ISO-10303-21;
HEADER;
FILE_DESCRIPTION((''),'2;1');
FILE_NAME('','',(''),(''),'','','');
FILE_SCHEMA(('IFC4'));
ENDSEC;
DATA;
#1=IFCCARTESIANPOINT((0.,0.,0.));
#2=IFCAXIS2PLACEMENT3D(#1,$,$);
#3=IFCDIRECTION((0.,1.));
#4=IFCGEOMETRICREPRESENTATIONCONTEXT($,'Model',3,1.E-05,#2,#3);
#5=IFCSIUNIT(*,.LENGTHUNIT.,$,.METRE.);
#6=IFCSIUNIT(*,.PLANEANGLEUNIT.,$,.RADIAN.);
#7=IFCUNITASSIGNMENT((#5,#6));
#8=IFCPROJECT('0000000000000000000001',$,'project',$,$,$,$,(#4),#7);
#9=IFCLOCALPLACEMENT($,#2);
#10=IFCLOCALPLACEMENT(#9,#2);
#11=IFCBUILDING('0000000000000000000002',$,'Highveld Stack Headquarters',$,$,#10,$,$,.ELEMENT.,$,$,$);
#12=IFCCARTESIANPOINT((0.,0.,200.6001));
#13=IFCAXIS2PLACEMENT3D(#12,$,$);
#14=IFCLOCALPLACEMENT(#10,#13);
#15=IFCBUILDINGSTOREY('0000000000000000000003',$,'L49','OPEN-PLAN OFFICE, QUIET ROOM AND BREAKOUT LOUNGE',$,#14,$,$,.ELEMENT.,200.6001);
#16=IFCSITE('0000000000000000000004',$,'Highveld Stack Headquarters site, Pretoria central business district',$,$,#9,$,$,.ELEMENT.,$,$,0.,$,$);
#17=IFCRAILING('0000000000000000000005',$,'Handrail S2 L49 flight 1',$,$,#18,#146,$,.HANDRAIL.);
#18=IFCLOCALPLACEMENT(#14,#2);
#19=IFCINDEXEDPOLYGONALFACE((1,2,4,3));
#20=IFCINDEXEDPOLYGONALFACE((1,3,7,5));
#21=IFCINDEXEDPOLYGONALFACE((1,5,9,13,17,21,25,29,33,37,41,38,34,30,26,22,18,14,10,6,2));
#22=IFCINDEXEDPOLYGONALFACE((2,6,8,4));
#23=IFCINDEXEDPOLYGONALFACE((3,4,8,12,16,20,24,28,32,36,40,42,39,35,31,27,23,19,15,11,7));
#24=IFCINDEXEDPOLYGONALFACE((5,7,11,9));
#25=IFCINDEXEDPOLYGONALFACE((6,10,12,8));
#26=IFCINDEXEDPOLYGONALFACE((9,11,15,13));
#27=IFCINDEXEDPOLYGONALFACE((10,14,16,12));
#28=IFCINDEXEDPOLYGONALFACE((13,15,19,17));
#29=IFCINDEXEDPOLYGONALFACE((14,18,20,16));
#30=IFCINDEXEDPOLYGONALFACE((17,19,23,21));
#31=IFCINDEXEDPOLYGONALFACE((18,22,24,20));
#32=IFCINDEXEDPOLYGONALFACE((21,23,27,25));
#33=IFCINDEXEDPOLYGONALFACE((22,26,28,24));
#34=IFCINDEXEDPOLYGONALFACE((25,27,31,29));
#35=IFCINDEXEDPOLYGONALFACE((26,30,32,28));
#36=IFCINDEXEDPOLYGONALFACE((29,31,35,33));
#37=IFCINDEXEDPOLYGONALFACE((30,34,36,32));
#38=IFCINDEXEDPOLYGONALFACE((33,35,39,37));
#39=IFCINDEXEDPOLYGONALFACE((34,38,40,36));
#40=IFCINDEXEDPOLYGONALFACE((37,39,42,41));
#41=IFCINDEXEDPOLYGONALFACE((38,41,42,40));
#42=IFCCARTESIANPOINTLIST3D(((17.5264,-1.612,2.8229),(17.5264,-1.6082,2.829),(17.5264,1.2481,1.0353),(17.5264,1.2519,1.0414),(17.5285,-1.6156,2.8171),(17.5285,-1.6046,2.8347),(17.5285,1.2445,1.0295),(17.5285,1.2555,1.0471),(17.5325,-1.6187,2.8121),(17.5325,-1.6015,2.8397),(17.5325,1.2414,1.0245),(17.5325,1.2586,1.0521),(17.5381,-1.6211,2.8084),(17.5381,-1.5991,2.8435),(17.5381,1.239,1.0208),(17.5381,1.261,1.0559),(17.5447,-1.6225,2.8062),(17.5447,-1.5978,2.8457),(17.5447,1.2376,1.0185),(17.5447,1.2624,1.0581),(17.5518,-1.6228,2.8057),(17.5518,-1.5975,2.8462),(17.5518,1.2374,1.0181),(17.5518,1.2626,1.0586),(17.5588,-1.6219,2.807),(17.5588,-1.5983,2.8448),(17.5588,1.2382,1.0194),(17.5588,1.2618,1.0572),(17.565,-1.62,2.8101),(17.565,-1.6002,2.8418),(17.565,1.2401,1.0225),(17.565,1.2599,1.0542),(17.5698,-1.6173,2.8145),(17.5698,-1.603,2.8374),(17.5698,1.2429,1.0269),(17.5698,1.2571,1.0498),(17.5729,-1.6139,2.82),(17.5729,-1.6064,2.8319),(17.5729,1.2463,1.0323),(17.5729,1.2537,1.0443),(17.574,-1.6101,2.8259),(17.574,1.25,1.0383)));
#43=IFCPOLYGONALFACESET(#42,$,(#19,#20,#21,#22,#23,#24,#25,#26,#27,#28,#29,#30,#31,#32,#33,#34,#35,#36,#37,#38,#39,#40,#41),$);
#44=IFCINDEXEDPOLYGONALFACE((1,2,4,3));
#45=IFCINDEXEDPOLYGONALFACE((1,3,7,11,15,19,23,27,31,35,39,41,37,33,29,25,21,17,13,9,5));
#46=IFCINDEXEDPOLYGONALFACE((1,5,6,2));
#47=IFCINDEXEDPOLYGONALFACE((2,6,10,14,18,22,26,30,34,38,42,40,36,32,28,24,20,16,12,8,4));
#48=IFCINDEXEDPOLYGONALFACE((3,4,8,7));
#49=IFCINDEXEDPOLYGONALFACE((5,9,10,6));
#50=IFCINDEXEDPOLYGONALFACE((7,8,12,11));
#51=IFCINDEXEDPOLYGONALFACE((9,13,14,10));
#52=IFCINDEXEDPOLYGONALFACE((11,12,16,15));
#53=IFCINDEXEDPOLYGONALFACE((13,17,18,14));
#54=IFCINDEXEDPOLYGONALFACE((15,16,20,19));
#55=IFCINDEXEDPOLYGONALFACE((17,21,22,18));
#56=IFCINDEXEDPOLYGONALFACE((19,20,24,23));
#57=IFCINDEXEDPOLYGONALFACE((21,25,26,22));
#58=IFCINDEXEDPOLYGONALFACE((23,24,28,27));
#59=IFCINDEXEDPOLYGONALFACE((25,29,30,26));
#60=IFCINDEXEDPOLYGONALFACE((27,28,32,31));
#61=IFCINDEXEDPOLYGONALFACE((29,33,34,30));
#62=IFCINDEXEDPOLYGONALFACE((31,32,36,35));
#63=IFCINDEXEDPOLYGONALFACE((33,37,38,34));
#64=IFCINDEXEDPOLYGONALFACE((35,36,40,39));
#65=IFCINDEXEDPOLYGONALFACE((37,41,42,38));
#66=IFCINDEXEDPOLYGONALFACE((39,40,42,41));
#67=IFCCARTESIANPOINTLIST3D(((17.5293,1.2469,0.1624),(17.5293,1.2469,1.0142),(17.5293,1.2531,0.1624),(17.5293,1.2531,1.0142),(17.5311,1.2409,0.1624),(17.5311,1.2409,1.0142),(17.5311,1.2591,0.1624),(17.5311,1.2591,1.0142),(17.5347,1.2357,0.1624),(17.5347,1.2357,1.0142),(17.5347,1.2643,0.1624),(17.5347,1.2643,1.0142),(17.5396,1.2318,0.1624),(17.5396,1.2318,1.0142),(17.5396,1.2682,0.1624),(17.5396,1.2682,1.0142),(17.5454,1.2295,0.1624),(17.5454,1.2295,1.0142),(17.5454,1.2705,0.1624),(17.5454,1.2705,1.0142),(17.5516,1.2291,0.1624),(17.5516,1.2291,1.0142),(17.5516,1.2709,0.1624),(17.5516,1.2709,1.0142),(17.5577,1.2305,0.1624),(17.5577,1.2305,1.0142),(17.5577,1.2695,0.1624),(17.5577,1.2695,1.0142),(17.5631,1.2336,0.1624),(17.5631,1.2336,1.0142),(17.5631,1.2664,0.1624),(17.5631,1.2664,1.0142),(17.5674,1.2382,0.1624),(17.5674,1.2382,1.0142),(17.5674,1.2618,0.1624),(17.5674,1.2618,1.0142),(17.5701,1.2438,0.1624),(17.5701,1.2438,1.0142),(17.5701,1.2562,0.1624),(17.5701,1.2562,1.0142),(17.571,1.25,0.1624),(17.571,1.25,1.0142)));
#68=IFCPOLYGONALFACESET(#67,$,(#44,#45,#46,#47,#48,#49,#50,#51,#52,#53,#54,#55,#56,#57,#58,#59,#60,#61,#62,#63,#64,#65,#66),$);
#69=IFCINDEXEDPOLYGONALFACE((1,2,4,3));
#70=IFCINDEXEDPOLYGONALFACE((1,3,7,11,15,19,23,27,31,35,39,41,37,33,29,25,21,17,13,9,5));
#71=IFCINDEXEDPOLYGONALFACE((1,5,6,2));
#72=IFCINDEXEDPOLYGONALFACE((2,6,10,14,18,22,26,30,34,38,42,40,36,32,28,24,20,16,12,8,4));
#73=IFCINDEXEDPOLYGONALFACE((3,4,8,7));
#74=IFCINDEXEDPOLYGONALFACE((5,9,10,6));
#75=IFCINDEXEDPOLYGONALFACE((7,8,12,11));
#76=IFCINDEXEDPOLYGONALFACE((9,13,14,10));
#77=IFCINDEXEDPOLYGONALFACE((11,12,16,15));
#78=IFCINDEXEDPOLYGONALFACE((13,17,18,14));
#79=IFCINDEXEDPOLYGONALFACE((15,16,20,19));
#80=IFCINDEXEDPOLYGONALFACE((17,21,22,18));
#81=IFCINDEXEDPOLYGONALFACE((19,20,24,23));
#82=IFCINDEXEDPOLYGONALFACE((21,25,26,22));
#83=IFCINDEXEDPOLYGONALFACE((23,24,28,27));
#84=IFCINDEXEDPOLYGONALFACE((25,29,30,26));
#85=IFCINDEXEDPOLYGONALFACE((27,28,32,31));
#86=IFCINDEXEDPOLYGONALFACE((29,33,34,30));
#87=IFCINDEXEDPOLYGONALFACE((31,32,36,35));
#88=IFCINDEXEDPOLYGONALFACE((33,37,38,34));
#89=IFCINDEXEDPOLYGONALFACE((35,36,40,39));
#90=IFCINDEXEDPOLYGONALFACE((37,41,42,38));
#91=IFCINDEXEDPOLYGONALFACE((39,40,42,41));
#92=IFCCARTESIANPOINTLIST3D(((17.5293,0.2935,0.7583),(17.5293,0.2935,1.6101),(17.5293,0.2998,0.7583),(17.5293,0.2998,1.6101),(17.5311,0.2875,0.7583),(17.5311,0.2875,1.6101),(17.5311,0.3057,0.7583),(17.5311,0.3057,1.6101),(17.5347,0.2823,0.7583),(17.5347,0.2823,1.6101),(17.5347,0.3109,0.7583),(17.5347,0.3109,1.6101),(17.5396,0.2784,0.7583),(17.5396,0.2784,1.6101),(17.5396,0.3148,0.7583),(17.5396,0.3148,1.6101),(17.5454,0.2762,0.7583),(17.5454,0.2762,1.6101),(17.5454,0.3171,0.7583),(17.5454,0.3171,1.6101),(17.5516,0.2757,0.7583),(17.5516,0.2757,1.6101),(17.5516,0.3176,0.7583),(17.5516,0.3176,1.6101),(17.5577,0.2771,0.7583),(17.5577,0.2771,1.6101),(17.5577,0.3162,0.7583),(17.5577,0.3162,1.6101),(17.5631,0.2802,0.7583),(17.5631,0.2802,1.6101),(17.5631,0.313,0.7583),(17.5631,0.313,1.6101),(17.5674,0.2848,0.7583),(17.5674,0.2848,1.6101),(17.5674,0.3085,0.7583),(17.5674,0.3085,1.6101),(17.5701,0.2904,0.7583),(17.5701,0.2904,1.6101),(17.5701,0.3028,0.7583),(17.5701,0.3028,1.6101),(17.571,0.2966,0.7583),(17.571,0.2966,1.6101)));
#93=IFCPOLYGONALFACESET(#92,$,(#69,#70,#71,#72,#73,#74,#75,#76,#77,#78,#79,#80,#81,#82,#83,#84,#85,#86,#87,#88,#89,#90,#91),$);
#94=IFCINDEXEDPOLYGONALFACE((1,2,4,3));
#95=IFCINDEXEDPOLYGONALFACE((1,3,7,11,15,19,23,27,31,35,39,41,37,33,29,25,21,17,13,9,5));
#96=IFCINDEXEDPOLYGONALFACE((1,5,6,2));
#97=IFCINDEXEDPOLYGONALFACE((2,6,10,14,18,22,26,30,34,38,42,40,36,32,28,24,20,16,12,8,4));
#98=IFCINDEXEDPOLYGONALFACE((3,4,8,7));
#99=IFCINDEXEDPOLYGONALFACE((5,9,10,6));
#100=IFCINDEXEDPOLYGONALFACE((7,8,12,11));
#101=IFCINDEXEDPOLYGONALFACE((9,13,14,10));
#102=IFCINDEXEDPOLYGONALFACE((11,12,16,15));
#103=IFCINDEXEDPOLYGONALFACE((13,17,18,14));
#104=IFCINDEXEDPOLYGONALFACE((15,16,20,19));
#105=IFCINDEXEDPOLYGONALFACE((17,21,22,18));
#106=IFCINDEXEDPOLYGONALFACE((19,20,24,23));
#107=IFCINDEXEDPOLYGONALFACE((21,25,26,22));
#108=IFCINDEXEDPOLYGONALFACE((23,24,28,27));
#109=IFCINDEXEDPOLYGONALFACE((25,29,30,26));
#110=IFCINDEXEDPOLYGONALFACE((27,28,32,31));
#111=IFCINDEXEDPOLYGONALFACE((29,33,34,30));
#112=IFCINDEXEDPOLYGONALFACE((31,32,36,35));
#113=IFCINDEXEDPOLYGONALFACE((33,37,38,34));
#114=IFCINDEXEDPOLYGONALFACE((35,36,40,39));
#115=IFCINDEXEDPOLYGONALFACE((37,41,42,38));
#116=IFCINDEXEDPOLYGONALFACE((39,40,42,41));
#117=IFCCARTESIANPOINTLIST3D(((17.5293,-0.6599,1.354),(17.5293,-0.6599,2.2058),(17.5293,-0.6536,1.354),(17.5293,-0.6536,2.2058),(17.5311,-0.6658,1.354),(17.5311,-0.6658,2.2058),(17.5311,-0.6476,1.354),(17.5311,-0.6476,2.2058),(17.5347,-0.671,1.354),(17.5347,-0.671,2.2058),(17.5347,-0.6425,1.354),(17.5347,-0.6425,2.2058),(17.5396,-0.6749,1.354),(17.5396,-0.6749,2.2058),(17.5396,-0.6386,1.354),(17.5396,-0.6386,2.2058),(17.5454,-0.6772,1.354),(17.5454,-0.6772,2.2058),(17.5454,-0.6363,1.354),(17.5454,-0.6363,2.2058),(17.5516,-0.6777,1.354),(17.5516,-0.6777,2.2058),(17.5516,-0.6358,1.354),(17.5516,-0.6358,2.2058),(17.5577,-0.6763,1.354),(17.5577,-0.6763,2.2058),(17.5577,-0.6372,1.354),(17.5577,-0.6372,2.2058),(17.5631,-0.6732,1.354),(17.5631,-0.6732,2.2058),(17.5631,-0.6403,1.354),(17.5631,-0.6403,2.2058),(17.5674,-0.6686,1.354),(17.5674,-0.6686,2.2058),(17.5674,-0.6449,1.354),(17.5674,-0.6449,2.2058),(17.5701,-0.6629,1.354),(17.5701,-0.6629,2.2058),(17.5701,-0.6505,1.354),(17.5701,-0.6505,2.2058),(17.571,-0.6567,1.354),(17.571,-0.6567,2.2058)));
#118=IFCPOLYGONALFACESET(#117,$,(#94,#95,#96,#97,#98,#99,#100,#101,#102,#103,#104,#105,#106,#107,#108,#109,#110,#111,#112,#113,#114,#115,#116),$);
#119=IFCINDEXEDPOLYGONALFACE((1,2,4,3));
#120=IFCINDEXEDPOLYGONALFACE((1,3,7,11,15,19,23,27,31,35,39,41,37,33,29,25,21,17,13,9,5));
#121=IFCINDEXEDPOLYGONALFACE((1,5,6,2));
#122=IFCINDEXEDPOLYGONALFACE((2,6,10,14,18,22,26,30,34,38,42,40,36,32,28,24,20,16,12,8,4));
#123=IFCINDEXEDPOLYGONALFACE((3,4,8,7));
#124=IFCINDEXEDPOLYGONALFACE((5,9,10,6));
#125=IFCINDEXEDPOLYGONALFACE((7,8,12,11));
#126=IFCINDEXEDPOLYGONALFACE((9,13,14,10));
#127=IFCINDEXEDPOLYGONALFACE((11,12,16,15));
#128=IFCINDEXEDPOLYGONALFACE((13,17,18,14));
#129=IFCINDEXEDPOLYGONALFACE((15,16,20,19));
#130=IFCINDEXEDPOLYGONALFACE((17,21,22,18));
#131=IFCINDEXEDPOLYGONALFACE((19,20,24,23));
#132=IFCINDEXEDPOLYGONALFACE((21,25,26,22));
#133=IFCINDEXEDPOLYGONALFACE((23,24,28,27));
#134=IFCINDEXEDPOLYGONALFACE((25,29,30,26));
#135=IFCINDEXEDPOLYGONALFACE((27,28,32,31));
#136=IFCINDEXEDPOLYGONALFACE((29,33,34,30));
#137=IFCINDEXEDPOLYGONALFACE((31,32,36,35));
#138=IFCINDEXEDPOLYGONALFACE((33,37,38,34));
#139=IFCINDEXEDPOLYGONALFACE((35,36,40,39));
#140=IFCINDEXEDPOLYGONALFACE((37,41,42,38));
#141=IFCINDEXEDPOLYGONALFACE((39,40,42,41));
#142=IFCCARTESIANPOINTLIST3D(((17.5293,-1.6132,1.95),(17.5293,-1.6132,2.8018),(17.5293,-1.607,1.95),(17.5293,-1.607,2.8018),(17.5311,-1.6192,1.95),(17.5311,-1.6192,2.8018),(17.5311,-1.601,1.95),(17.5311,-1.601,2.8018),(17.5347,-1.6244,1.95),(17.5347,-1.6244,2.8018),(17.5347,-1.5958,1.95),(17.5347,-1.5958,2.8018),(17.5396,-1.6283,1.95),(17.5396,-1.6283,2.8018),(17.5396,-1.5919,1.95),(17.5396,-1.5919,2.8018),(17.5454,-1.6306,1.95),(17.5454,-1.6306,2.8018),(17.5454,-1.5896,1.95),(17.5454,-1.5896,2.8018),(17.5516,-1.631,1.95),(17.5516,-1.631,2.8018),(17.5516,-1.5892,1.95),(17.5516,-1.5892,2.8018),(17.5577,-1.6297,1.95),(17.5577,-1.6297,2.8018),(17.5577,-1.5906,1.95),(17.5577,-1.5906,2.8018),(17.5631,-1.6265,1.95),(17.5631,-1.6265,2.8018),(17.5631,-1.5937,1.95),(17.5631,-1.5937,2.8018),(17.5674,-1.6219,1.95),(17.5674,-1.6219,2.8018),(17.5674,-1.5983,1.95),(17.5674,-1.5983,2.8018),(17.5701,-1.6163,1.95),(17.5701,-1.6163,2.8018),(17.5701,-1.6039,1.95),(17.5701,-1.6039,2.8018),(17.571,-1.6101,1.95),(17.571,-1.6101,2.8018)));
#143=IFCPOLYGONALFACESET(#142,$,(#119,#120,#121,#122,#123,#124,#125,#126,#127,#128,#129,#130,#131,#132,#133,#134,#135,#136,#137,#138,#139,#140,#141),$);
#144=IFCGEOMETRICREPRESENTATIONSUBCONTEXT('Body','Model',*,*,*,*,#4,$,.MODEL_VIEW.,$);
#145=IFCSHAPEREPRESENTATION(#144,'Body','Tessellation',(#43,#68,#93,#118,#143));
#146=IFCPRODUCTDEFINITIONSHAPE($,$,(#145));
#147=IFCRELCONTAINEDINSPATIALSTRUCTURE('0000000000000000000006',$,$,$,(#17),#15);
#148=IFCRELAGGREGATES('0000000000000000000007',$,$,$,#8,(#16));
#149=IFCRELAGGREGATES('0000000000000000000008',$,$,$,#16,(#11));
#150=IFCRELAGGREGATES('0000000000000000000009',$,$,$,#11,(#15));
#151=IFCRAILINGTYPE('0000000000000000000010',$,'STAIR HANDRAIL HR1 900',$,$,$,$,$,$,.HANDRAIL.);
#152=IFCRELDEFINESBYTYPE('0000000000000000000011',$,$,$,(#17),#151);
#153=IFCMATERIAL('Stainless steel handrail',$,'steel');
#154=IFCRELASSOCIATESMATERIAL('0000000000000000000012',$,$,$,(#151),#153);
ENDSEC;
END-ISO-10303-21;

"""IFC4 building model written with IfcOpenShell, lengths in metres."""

from ifc_helpers import new_model, si_unit, direction, frame, origin, origin_2d, place, context, subcontext, project, spatial, circle, extrude, material, type_object, element, save


model = new_model("IFC4")

# Units and contexts
model_context = context("Model", 3, precision=1e-05, world=origin(), true_north=direction((0.0, 1.0)))
body_context = subcontext(model_context, "Body", "Model", "MODEL_VIEW")
ifc_project = project(units=[si_unit("LENGTHUNIT", "METRE"), si_unit("PLANEANGLEUNIT", "RADIAN")], contexts=[model_context])

# Site, building, storey
site_placement = place(None, origin())
site = spatial("IfcSite", under=ifc_project, at=site_placement, Name="Highveld Stack Headquarters site, Pretoria central business district", CompositionType="ELEMENT", RefElevation=0.0)
building_placement = place(site_placement, origin())
building = spatial("IfcBuilding", under=site, at=building_placement, Name="Highveld Stack Headquarters", CompositionType="ELEMENT")
storey_placement = place(building_placement, frame((0.0, 0.0, 200.6001)))
storey = spatial("IfcBuildingStorey", under=building, at=storey_placement, Name="L49", Description="OPEN-PLAN OFFICE, QUIET ROOM AND BREAKOUT LOUNGE", CompositionType="ELEMENT", Elevation=200.6001)

# Railing
ifc_material_1 = material(Name="Stainless steel handrail", Category="steel")
railing_type = type_object("IfcRailingType", Name="STAIR HANDRAIL HR1 900", PredefinedType="HANDRAIL", material=ifc_material_1)
for number, where, name in (
    (1, (17.55, 1.25, 0.1624), "Handrail S2 L49 flight 1"),
):
    element("IfcRailing", number, at=place(storey_placement, frame(where)), inside=storey, type_object=railing_type, Name=name, PredefinedType="HANDRAIL", context=body_context, shape_type="SweptSolid", body=[
        extrude(circle(Radius=0.0239, at=origin_2d()), frame((0.0, 0.0, 0.876), z_axis=(0.0, -0.847994, 0.530005), x_axis=(1.0, 0.0, 0.0)), (0.0, 0.0, 1.0), 3.3728),
        extrude(circle(Radius=0.021, at=origin_2d()), origin(), (0.0, 0.0, 1.0), 0.8518),
        extrude(circle(Radius=0.021, at=origin_2d()), frame((0.0, -0.9534, 0.5959)), (0.0, 0.0, 1.0), 0.8518),
        extrude(circle(Radius=0.021, at=origin_2d()), frame((0.0, -1.9067, 1.1917)), (0.0, 0.0, 1.0), 0.8518),
        extrude(circle(Radius=0.021, at=origin_2d()), frame((0.0, -2.8601, 1.7876)), (0.0, 0.0, 1.0), 0.8518),
    ])

save(model, "model.ifc")
